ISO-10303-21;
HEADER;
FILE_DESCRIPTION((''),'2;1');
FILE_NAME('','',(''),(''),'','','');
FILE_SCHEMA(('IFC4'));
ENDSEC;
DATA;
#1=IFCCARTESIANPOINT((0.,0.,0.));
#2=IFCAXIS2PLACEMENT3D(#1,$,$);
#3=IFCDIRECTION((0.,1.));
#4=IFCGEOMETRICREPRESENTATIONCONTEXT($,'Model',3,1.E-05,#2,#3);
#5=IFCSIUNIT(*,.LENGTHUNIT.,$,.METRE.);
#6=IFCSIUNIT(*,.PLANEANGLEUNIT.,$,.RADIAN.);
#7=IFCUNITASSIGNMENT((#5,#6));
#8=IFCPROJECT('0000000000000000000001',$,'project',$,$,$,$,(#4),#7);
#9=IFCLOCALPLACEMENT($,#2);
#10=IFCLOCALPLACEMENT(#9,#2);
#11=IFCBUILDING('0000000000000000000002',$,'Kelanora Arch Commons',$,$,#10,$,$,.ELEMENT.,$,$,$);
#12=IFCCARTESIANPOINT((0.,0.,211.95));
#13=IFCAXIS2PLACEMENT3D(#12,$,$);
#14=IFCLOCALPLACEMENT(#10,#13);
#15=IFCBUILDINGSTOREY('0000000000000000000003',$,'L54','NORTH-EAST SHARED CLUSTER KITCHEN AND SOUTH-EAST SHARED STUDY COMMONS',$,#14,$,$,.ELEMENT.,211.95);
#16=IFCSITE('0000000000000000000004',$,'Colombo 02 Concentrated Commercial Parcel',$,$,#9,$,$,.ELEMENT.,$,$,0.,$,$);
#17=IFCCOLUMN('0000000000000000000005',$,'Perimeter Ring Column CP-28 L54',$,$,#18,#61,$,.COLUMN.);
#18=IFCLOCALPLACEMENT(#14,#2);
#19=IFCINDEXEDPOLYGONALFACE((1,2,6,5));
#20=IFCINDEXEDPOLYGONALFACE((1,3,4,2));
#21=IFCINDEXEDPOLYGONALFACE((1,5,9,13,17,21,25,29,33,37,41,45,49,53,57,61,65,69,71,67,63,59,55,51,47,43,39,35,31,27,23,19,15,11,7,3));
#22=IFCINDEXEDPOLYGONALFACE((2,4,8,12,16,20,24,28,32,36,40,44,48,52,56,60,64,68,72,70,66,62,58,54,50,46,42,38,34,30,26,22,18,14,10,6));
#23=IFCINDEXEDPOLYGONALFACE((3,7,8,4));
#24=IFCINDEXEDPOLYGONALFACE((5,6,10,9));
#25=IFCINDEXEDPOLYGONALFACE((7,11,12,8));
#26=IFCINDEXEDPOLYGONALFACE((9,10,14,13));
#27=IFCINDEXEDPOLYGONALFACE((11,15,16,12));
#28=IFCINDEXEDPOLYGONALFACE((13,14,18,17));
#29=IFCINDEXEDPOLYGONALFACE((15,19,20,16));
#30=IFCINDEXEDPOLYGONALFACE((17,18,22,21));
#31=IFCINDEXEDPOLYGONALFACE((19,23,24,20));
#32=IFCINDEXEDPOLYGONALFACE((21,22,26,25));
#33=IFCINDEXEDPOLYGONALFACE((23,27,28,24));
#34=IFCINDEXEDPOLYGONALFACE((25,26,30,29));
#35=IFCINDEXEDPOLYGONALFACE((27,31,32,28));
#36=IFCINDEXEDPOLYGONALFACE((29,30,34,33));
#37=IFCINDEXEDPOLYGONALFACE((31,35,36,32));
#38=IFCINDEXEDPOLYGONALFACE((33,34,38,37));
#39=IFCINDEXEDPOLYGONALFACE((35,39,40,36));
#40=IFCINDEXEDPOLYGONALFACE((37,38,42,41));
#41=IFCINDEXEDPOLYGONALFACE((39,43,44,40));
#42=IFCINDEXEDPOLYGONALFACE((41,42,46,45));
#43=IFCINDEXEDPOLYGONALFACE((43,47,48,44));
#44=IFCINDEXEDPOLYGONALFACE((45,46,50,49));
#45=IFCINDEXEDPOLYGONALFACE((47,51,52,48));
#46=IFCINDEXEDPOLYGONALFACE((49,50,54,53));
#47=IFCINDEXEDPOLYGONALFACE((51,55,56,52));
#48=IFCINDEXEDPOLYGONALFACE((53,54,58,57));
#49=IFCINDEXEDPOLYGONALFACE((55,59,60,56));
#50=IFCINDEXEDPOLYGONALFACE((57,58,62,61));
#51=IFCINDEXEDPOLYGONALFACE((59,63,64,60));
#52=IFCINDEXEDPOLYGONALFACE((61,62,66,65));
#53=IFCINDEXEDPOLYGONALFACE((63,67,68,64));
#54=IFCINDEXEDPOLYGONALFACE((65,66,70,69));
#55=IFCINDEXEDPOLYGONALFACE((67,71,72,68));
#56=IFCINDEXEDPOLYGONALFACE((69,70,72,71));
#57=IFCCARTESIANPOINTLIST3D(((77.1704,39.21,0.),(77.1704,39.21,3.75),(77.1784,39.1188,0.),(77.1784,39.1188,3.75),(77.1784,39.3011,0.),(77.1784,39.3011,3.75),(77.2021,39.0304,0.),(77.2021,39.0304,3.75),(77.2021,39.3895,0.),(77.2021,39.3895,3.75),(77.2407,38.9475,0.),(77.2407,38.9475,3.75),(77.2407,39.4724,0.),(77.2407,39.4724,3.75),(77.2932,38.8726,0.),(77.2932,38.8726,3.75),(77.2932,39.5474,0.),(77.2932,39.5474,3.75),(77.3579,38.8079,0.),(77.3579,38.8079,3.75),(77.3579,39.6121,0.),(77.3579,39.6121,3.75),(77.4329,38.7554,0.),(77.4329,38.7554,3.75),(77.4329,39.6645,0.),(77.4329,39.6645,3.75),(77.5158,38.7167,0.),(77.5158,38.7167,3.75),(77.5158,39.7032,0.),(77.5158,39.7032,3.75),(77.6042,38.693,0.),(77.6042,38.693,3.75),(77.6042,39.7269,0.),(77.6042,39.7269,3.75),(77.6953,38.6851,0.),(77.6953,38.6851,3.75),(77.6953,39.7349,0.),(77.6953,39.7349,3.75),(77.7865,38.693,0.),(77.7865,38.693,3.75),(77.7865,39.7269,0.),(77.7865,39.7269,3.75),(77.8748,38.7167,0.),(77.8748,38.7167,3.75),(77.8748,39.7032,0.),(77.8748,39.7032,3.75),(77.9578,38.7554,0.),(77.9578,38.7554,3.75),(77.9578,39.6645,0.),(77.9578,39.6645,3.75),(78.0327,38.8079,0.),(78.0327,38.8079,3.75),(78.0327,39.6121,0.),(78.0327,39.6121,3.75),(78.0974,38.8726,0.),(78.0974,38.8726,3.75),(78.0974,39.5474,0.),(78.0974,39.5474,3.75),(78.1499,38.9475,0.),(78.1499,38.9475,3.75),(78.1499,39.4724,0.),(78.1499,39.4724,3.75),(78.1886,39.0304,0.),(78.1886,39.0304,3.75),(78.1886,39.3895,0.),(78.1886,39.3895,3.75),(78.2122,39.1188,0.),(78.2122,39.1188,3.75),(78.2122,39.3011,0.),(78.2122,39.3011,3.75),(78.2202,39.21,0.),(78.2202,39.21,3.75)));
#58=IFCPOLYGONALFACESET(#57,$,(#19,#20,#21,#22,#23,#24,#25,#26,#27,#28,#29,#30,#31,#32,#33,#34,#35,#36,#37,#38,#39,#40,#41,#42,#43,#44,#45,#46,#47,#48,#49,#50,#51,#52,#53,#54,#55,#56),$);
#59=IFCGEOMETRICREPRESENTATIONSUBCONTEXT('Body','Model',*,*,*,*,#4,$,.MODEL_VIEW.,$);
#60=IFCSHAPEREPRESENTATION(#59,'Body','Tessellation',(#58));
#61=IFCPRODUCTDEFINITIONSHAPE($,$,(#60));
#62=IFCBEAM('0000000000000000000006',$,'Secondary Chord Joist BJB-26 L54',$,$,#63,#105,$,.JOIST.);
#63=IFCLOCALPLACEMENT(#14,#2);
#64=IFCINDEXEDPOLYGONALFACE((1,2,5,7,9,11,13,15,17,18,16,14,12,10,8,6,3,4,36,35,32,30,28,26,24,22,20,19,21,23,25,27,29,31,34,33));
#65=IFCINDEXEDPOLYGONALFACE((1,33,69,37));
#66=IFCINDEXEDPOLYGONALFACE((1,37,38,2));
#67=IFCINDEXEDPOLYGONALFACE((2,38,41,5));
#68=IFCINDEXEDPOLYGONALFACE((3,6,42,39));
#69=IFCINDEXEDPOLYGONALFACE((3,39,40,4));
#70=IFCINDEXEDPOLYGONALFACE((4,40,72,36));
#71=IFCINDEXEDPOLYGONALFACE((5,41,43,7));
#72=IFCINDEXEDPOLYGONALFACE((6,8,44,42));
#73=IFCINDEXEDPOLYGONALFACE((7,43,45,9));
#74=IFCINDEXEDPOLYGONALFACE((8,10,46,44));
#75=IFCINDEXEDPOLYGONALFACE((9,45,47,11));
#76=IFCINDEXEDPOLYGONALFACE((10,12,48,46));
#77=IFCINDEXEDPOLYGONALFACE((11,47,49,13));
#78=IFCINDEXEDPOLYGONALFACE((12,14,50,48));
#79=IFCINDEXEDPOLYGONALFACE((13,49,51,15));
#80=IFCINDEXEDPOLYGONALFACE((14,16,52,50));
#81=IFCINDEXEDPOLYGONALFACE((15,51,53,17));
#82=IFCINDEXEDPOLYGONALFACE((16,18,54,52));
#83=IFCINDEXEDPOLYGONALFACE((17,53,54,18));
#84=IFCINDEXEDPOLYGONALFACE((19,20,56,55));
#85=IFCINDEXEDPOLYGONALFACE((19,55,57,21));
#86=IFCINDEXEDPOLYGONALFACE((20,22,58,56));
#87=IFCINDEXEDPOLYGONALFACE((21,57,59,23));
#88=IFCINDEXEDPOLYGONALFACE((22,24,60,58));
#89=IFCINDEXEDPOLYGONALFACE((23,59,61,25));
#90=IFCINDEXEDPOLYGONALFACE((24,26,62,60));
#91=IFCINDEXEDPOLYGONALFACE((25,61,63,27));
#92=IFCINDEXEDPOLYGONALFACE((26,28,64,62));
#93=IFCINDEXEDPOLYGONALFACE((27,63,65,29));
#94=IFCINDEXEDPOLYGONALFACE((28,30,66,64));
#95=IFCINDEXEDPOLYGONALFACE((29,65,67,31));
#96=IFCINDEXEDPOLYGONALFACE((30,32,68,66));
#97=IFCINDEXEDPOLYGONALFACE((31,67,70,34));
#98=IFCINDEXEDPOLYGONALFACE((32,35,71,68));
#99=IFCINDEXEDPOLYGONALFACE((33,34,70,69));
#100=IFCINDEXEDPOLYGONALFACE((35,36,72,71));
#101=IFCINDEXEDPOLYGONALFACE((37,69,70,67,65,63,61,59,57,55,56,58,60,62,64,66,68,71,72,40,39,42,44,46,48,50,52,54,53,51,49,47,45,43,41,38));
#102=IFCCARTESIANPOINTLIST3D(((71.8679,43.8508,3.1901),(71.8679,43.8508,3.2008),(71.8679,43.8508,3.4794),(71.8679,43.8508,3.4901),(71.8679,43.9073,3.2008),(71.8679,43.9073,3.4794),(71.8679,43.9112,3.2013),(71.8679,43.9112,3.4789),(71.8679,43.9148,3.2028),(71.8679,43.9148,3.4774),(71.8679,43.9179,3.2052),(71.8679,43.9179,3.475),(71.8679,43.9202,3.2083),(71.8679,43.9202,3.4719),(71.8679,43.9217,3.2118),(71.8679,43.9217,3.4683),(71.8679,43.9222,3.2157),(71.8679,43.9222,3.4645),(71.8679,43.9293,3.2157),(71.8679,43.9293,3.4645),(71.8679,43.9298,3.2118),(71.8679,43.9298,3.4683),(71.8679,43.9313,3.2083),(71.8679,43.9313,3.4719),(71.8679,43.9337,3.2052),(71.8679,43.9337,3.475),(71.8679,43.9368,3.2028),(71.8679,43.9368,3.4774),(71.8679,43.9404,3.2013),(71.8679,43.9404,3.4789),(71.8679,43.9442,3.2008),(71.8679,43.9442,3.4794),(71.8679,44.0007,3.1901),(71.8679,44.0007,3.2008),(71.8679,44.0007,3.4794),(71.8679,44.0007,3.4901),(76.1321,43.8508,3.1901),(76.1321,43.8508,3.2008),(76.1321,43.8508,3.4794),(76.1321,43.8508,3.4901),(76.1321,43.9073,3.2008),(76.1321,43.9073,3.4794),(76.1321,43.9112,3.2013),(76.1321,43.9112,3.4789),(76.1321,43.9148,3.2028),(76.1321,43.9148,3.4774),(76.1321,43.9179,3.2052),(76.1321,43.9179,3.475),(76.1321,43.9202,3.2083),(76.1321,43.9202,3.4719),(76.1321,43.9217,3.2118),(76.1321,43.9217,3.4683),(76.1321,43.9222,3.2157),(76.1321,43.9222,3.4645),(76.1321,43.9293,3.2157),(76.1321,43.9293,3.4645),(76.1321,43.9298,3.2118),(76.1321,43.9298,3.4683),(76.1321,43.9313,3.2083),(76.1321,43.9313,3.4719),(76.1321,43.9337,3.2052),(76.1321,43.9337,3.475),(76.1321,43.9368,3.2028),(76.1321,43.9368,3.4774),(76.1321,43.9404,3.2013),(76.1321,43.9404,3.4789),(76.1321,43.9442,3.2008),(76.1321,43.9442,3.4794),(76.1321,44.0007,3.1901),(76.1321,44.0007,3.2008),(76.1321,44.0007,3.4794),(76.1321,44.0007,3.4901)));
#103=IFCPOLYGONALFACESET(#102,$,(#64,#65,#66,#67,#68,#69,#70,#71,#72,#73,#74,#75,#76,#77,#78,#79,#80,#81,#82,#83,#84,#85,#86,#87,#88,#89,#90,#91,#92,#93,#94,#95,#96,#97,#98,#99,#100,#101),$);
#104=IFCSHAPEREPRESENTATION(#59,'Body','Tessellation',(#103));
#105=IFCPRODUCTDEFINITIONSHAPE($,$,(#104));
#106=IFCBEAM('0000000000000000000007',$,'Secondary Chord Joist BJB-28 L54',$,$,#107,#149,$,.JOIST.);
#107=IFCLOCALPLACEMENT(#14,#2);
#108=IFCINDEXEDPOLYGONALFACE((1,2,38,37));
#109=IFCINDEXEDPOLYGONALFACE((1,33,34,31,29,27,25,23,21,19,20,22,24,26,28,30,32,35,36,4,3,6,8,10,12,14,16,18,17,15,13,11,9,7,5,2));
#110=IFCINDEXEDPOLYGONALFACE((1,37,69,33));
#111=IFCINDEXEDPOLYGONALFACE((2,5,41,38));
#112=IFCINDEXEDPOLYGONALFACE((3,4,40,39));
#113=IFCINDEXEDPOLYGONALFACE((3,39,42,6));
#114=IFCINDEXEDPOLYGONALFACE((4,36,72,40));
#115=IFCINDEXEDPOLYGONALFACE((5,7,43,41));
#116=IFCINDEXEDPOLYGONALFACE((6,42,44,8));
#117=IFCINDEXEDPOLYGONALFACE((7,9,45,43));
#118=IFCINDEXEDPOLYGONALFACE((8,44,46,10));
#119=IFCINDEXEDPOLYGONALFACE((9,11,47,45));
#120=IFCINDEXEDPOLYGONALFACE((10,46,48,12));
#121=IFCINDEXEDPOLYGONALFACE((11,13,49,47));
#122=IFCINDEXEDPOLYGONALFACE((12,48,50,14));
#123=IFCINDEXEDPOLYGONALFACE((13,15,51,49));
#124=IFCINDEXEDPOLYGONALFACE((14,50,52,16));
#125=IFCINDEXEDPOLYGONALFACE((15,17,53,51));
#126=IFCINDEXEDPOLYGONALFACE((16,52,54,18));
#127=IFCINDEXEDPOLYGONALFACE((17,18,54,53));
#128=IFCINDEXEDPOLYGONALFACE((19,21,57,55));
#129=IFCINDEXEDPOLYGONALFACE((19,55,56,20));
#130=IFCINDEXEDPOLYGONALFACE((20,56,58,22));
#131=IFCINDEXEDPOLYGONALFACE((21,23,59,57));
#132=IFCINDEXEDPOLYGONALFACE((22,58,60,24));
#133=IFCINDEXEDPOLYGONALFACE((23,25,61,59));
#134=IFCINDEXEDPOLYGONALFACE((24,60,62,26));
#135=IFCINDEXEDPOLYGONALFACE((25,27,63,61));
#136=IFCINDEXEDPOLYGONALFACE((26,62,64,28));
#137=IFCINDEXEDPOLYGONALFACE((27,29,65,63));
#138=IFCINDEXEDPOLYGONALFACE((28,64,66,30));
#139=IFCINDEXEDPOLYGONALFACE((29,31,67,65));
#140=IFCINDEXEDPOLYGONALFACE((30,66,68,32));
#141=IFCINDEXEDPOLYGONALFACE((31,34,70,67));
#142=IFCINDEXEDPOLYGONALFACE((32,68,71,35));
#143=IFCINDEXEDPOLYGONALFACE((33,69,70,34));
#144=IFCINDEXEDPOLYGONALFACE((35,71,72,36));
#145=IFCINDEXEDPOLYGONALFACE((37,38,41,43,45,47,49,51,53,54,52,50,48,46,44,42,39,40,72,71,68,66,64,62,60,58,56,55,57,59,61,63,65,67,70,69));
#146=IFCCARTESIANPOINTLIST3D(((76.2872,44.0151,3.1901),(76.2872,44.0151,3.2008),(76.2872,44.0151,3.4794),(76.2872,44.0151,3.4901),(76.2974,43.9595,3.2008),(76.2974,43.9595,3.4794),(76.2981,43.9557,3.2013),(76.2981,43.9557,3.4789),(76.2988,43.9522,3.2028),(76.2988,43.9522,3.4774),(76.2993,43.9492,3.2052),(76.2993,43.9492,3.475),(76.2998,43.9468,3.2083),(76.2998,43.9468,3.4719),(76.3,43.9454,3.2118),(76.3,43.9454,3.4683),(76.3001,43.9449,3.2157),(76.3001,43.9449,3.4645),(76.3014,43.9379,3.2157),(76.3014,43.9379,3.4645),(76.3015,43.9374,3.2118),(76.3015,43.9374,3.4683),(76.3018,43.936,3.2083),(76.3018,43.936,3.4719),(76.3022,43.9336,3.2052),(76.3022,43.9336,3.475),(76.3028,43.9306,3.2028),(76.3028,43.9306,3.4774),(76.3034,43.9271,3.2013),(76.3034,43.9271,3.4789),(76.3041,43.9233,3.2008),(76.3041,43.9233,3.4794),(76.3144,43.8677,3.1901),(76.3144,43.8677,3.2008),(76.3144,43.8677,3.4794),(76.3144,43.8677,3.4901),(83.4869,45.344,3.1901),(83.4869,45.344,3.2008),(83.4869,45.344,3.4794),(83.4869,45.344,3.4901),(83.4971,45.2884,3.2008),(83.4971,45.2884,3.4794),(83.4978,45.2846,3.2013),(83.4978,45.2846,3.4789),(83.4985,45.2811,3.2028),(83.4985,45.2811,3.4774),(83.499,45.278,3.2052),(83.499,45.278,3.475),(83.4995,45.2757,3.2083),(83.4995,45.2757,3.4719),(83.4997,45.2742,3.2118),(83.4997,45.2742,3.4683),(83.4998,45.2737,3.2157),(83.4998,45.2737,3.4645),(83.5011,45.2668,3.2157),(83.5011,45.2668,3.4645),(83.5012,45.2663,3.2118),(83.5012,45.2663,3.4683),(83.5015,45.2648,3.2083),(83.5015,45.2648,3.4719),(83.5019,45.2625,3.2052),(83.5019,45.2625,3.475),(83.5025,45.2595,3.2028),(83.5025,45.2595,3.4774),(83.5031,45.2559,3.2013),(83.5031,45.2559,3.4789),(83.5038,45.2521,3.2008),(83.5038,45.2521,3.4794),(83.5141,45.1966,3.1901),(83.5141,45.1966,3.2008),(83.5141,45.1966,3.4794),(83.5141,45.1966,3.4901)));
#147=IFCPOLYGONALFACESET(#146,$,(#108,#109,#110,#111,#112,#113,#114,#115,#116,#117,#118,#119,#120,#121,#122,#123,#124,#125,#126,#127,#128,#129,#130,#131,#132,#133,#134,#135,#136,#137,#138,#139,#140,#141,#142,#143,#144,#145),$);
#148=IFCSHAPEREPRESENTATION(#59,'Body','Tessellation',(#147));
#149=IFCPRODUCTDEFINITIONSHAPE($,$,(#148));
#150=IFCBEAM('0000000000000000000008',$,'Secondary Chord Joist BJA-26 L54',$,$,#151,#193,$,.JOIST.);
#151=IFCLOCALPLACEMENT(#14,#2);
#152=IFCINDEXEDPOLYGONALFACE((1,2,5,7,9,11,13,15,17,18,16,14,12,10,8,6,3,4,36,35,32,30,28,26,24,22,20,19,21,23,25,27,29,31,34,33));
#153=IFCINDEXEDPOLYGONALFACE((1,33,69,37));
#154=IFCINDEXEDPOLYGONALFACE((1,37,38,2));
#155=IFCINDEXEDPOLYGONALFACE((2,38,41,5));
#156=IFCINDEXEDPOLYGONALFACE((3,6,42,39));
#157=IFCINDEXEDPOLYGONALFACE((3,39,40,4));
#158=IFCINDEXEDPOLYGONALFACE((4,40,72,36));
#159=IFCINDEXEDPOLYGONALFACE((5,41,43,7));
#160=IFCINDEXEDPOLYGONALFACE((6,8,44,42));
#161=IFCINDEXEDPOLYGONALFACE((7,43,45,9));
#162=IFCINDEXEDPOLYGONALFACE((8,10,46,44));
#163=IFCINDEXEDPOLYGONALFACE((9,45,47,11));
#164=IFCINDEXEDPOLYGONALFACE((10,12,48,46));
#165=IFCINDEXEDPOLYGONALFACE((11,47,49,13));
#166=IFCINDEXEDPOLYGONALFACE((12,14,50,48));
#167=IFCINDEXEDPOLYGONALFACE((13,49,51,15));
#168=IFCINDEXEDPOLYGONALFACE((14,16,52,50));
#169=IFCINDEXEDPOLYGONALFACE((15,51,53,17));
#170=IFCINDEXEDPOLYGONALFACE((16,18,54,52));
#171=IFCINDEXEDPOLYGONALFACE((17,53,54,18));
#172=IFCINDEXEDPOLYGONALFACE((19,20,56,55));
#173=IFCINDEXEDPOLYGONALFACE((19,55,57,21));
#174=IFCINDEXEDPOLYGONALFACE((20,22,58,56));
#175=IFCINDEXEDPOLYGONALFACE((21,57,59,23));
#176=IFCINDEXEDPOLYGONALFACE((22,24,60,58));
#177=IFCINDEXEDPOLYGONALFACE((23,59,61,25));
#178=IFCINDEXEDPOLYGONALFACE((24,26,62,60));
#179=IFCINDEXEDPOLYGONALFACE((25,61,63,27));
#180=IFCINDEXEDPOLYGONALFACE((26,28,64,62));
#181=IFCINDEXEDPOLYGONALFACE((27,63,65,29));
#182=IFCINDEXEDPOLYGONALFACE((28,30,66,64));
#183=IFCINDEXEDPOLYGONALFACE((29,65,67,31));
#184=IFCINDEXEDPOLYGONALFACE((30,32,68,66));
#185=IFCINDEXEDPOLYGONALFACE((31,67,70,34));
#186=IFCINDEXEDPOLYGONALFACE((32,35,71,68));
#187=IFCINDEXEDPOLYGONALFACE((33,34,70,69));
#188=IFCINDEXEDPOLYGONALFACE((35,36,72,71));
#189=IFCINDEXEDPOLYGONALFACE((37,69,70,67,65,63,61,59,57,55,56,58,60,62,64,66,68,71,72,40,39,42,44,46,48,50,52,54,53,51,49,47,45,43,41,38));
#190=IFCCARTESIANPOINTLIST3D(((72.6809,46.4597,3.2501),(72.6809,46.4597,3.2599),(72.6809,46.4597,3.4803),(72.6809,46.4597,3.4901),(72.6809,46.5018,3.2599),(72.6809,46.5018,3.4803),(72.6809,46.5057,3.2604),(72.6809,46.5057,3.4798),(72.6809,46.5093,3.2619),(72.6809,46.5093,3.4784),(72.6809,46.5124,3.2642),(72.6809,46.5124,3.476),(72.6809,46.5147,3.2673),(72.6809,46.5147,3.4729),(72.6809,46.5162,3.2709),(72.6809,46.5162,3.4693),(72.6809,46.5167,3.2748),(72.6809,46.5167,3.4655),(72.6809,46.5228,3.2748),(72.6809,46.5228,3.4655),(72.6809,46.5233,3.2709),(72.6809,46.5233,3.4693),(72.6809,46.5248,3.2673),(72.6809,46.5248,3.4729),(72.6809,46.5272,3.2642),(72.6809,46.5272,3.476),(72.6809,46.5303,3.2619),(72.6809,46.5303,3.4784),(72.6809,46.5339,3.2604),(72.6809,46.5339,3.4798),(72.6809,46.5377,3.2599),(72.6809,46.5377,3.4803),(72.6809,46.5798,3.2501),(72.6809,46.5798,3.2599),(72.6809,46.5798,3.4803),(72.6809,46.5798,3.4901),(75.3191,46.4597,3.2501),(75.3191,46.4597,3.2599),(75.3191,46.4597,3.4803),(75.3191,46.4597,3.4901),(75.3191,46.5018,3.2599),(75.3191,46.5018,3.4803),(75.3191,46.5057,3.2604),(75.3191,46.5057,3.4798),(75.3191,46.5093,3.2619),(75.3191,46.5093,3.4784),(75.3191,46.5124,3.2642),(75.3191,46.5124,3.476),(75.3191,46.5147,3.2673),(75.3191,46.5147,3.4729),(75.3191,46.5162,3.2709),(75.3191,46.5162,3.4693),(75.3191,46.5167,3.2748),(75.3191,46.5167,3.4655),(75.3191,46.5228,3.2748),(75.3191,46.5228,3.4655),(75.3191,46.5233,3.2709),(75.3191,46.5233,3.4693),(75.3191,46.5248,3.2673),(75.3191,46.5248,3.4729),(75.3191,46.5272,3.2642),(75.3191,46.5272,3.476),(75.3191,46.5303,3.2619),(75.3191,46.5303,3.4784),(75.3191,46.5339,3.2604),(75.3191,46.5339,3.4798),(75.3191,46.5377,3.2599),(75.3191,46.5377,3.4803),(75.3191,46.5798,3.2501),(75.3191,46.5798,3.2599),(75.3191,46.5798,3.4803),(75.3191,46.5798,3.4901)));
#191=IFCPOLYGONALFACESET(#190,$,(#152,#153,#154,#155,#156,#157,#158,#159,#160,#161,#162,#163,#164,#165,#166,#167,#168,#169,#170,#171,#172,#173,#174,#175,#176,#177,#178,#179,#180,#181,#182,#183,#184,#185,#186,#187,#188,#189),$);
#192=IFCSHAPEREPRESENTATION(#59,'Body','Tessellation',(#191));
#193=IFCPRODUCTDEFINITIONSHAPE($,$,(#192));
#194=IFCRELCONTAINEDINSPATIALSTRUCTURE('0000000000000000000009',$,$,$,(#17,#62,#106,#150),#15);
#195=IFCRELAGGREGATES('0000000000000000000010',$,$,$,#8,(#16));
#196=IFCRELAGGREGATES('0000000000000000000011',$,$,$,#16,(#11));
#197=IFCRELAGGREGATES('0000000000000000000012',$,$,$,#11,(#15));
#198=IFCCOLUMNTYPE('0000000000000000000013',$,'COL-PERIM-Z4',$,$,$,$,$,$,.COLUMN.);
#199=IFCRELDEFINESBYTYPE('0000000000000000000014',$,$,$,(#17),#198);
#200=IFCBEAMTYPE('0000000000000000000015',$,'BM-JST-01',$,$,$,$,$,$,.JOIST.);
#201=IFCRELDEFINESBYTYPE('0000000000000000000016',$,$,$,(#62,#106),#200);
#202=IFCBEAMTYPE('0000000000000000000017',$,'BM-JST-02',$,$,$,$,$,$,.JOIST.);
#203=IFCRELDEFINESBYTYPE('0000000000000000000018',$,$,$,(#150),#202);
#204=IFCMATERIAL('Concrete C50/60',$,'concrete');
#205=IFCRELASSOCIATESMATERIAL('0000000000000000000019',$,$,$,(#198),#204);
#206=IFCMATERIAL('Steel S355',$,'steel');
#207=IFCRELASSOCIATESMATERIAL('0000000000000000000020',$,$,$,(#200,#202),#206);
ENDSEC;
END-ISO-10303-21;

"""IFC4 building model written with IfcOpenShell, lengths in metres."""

from ifc_helpers import new_model, si_unit, direction, frame, origin, origin_2d, place, context, subcontext, project, spatial, circle, i_section, extrude, material, material_profile, profile_set, type_object, element, save


model = new_model("IFC4")

# Units and contexts
model_context = context("Model", 3, precision=1e-05, world=origin(), true_north=direction((0.0, 1.0)))
body_context = subcontext(model_context, "Body", "Model", "MODEL_VIEW")
ifc_project = project(units=[si_unit("LENGTHUNIT", "METRE"), si_unit("PLANEANGLEUNIT", "RADIAN")], contexts=[model_context])

# Site, building, storey
site_placement = place(None, origin())
site = spatial("IfcSite", under=ifc_project, at=site_placement, Name="Colombo 02 Concentrated Commercial Parcel", CompositionType="ELEMENT", RefElevation=0.0)
building_placement = place(site_placement, origin())
building = spatial("IfcBuilding", under=site, at=building_placement, Name="Kelanora Arch Commons", CompositionType="ELEMENT")
storey_placement = place(building_placement, frame((0.0, 0.0, 211.95)))
storey = spatial("IfcBuildingStorey", under=building, at=storey_placement, Name="L54", Description="NORTH-EAST SHARED CLUSTER KITCHEN AND SOUTH-EAST SHARED STUDY COMMONS", CompositionType="ELEMENT", Elevation=211.95)

# Column
ifc_material_1 = material(Name="Concrete C50/60", Category="concrete")
ifc_material_profile_1 = material_profile(ifc_material_1, circle(Radius=0.5249, at=origin_2d()), Name="RCC1050")
ifc_profile_set_1 = profile_set([ifc_material_profile_1], Name="Concrete C50/60")
column_type = type_object("IfcColumnType", Name="COL-PERIM-Z4", PredefinedType="COLUMN", material=ifc_profile_set_1)
column_placement = place(storey_placement, frame((77.6953, 39.21, 0.0), z_axis=(0.0, 0.0, 1.0), x_axis=(1.0, 0.0, 0.0)))
element("IfcColumn", 1, at=column_placement, inside=storey, type_object=column_type, Name="Perimeter Ring Column CP-28 L54", PredefinedType="COLUMN", context=body_context, shape_type="SweptSolid", body=[
    extrude(circle(Radius=0.5249, at=origin_2d()), origin(), (0.0, 0.0, 1.0), 3.75),
])

# Beams
ifc_material_2 = material(Name="Steel S355", Category="steel")
ifc_material_profile_2 = material_profile(ifc_material_2, i_section(OverallWidth=0.1499, OverallDepth=0.3, WebThickness=0.0071, FlangeThickness=0.0107, FilletRadius=0.0149, at=origin_2d()), Name="IPE300")
ifc_profile_set_2 = profile_set([ifc_material_profile_2], Name="Steel S355")
beam_type_1 = type_object("IfcBeamType", Name="BM-JST-01", PredefinedType="JOIST", material=ifc_profile_set_2)
beam_1_placement = place(storey_placement, frame((71.8679, 43.9258, 3.3401), z_axis=(1.0, 0.0, 0.0), x_axis=(0.0, 1.0, 0.0)))
element("IfcBeam", 2, at=beam_1_placement, inside=storey, type_object=beam_type_1, Name="Secondary Chord Joist BJB-26 L54", PredefinedType="JOIST", context=body_context, shape_type="SweptSolid", body=[
    extrude(i_section(OverallWidth=0.1499, OverallDepth=0.3, WebThickness=0.0071, FlangeThickness=0.0107, FilletRadius=0.0149, at=origin_2d()), origin(), (0.0, 0.0, 1.0), 4.2642),
])
beam_2_placement = place(storey_placement, frame((76.3008, 43.9414, 3.3401), z_axis=(0.98339, 0.181505, 0.0), x_axis=(-0.181505, 0.98339, 0.0)))
element("IfcBeam", 3, at=beam_2_placement, inside=storey, type_object=beam_type_1, Name="Secondary Chord Joist BJB-28 L54", PredefinedType="JOIST", context=body_context, shape_type="SweptSolid", body=[
    extrude(i_section(OverallWidth=0.1499, OverallDepth=0.3, WebThickness=0.0071, FlangeThickness=0.0107, FilletRadius=0.0149, at=origin_2d()), origin(), (0.0, 0.0, 1.0), 7.3213),
])
ifc_material_profile_3 = material_profile(ifc_material_2, i_section(OverallWidth=0.1201, OverallDepth=0.24, WebThickness=0.0061, FlangeThickness=0.0098, FilletRadius=0.0149, at=origin_2d()), Name="IPE240")
ifc_profile_set_3 = profile_set([ifc_material_profile_3], Name="Steel S355")
beam_type_2 = type_object("IfcBeamType", Name="BM-JST-02", PredefinedType="JOIST", material=ifc_profile_set_3)
beam_3_placement = place(storey_placement, frame((72.6809, 46.5198, 3.3701), z_axis=(1.0, 0.0, 0.0), x_axis=(0.0, 1.0, 0.0)))
element("IfcBeam", 4, at=beam_3_placement, inside=storey, type_object=beam_type_2, Name="Secondary Chord Joist BJA-26 L54", PredefinedType="JOIST", context=body_context, shape_type="SweptSolid", body=[
    extrude(i_section(OverallWidth=0.1201, OverallDepth=0.24, WebThickness=0.0061, FlangeThickness=0.0098, FilletRadius=0.0149, at=origin_2d()), origin(), (0.0, 0.0, 1.0), 2.6382),
])

save(model, "model.ifc")
